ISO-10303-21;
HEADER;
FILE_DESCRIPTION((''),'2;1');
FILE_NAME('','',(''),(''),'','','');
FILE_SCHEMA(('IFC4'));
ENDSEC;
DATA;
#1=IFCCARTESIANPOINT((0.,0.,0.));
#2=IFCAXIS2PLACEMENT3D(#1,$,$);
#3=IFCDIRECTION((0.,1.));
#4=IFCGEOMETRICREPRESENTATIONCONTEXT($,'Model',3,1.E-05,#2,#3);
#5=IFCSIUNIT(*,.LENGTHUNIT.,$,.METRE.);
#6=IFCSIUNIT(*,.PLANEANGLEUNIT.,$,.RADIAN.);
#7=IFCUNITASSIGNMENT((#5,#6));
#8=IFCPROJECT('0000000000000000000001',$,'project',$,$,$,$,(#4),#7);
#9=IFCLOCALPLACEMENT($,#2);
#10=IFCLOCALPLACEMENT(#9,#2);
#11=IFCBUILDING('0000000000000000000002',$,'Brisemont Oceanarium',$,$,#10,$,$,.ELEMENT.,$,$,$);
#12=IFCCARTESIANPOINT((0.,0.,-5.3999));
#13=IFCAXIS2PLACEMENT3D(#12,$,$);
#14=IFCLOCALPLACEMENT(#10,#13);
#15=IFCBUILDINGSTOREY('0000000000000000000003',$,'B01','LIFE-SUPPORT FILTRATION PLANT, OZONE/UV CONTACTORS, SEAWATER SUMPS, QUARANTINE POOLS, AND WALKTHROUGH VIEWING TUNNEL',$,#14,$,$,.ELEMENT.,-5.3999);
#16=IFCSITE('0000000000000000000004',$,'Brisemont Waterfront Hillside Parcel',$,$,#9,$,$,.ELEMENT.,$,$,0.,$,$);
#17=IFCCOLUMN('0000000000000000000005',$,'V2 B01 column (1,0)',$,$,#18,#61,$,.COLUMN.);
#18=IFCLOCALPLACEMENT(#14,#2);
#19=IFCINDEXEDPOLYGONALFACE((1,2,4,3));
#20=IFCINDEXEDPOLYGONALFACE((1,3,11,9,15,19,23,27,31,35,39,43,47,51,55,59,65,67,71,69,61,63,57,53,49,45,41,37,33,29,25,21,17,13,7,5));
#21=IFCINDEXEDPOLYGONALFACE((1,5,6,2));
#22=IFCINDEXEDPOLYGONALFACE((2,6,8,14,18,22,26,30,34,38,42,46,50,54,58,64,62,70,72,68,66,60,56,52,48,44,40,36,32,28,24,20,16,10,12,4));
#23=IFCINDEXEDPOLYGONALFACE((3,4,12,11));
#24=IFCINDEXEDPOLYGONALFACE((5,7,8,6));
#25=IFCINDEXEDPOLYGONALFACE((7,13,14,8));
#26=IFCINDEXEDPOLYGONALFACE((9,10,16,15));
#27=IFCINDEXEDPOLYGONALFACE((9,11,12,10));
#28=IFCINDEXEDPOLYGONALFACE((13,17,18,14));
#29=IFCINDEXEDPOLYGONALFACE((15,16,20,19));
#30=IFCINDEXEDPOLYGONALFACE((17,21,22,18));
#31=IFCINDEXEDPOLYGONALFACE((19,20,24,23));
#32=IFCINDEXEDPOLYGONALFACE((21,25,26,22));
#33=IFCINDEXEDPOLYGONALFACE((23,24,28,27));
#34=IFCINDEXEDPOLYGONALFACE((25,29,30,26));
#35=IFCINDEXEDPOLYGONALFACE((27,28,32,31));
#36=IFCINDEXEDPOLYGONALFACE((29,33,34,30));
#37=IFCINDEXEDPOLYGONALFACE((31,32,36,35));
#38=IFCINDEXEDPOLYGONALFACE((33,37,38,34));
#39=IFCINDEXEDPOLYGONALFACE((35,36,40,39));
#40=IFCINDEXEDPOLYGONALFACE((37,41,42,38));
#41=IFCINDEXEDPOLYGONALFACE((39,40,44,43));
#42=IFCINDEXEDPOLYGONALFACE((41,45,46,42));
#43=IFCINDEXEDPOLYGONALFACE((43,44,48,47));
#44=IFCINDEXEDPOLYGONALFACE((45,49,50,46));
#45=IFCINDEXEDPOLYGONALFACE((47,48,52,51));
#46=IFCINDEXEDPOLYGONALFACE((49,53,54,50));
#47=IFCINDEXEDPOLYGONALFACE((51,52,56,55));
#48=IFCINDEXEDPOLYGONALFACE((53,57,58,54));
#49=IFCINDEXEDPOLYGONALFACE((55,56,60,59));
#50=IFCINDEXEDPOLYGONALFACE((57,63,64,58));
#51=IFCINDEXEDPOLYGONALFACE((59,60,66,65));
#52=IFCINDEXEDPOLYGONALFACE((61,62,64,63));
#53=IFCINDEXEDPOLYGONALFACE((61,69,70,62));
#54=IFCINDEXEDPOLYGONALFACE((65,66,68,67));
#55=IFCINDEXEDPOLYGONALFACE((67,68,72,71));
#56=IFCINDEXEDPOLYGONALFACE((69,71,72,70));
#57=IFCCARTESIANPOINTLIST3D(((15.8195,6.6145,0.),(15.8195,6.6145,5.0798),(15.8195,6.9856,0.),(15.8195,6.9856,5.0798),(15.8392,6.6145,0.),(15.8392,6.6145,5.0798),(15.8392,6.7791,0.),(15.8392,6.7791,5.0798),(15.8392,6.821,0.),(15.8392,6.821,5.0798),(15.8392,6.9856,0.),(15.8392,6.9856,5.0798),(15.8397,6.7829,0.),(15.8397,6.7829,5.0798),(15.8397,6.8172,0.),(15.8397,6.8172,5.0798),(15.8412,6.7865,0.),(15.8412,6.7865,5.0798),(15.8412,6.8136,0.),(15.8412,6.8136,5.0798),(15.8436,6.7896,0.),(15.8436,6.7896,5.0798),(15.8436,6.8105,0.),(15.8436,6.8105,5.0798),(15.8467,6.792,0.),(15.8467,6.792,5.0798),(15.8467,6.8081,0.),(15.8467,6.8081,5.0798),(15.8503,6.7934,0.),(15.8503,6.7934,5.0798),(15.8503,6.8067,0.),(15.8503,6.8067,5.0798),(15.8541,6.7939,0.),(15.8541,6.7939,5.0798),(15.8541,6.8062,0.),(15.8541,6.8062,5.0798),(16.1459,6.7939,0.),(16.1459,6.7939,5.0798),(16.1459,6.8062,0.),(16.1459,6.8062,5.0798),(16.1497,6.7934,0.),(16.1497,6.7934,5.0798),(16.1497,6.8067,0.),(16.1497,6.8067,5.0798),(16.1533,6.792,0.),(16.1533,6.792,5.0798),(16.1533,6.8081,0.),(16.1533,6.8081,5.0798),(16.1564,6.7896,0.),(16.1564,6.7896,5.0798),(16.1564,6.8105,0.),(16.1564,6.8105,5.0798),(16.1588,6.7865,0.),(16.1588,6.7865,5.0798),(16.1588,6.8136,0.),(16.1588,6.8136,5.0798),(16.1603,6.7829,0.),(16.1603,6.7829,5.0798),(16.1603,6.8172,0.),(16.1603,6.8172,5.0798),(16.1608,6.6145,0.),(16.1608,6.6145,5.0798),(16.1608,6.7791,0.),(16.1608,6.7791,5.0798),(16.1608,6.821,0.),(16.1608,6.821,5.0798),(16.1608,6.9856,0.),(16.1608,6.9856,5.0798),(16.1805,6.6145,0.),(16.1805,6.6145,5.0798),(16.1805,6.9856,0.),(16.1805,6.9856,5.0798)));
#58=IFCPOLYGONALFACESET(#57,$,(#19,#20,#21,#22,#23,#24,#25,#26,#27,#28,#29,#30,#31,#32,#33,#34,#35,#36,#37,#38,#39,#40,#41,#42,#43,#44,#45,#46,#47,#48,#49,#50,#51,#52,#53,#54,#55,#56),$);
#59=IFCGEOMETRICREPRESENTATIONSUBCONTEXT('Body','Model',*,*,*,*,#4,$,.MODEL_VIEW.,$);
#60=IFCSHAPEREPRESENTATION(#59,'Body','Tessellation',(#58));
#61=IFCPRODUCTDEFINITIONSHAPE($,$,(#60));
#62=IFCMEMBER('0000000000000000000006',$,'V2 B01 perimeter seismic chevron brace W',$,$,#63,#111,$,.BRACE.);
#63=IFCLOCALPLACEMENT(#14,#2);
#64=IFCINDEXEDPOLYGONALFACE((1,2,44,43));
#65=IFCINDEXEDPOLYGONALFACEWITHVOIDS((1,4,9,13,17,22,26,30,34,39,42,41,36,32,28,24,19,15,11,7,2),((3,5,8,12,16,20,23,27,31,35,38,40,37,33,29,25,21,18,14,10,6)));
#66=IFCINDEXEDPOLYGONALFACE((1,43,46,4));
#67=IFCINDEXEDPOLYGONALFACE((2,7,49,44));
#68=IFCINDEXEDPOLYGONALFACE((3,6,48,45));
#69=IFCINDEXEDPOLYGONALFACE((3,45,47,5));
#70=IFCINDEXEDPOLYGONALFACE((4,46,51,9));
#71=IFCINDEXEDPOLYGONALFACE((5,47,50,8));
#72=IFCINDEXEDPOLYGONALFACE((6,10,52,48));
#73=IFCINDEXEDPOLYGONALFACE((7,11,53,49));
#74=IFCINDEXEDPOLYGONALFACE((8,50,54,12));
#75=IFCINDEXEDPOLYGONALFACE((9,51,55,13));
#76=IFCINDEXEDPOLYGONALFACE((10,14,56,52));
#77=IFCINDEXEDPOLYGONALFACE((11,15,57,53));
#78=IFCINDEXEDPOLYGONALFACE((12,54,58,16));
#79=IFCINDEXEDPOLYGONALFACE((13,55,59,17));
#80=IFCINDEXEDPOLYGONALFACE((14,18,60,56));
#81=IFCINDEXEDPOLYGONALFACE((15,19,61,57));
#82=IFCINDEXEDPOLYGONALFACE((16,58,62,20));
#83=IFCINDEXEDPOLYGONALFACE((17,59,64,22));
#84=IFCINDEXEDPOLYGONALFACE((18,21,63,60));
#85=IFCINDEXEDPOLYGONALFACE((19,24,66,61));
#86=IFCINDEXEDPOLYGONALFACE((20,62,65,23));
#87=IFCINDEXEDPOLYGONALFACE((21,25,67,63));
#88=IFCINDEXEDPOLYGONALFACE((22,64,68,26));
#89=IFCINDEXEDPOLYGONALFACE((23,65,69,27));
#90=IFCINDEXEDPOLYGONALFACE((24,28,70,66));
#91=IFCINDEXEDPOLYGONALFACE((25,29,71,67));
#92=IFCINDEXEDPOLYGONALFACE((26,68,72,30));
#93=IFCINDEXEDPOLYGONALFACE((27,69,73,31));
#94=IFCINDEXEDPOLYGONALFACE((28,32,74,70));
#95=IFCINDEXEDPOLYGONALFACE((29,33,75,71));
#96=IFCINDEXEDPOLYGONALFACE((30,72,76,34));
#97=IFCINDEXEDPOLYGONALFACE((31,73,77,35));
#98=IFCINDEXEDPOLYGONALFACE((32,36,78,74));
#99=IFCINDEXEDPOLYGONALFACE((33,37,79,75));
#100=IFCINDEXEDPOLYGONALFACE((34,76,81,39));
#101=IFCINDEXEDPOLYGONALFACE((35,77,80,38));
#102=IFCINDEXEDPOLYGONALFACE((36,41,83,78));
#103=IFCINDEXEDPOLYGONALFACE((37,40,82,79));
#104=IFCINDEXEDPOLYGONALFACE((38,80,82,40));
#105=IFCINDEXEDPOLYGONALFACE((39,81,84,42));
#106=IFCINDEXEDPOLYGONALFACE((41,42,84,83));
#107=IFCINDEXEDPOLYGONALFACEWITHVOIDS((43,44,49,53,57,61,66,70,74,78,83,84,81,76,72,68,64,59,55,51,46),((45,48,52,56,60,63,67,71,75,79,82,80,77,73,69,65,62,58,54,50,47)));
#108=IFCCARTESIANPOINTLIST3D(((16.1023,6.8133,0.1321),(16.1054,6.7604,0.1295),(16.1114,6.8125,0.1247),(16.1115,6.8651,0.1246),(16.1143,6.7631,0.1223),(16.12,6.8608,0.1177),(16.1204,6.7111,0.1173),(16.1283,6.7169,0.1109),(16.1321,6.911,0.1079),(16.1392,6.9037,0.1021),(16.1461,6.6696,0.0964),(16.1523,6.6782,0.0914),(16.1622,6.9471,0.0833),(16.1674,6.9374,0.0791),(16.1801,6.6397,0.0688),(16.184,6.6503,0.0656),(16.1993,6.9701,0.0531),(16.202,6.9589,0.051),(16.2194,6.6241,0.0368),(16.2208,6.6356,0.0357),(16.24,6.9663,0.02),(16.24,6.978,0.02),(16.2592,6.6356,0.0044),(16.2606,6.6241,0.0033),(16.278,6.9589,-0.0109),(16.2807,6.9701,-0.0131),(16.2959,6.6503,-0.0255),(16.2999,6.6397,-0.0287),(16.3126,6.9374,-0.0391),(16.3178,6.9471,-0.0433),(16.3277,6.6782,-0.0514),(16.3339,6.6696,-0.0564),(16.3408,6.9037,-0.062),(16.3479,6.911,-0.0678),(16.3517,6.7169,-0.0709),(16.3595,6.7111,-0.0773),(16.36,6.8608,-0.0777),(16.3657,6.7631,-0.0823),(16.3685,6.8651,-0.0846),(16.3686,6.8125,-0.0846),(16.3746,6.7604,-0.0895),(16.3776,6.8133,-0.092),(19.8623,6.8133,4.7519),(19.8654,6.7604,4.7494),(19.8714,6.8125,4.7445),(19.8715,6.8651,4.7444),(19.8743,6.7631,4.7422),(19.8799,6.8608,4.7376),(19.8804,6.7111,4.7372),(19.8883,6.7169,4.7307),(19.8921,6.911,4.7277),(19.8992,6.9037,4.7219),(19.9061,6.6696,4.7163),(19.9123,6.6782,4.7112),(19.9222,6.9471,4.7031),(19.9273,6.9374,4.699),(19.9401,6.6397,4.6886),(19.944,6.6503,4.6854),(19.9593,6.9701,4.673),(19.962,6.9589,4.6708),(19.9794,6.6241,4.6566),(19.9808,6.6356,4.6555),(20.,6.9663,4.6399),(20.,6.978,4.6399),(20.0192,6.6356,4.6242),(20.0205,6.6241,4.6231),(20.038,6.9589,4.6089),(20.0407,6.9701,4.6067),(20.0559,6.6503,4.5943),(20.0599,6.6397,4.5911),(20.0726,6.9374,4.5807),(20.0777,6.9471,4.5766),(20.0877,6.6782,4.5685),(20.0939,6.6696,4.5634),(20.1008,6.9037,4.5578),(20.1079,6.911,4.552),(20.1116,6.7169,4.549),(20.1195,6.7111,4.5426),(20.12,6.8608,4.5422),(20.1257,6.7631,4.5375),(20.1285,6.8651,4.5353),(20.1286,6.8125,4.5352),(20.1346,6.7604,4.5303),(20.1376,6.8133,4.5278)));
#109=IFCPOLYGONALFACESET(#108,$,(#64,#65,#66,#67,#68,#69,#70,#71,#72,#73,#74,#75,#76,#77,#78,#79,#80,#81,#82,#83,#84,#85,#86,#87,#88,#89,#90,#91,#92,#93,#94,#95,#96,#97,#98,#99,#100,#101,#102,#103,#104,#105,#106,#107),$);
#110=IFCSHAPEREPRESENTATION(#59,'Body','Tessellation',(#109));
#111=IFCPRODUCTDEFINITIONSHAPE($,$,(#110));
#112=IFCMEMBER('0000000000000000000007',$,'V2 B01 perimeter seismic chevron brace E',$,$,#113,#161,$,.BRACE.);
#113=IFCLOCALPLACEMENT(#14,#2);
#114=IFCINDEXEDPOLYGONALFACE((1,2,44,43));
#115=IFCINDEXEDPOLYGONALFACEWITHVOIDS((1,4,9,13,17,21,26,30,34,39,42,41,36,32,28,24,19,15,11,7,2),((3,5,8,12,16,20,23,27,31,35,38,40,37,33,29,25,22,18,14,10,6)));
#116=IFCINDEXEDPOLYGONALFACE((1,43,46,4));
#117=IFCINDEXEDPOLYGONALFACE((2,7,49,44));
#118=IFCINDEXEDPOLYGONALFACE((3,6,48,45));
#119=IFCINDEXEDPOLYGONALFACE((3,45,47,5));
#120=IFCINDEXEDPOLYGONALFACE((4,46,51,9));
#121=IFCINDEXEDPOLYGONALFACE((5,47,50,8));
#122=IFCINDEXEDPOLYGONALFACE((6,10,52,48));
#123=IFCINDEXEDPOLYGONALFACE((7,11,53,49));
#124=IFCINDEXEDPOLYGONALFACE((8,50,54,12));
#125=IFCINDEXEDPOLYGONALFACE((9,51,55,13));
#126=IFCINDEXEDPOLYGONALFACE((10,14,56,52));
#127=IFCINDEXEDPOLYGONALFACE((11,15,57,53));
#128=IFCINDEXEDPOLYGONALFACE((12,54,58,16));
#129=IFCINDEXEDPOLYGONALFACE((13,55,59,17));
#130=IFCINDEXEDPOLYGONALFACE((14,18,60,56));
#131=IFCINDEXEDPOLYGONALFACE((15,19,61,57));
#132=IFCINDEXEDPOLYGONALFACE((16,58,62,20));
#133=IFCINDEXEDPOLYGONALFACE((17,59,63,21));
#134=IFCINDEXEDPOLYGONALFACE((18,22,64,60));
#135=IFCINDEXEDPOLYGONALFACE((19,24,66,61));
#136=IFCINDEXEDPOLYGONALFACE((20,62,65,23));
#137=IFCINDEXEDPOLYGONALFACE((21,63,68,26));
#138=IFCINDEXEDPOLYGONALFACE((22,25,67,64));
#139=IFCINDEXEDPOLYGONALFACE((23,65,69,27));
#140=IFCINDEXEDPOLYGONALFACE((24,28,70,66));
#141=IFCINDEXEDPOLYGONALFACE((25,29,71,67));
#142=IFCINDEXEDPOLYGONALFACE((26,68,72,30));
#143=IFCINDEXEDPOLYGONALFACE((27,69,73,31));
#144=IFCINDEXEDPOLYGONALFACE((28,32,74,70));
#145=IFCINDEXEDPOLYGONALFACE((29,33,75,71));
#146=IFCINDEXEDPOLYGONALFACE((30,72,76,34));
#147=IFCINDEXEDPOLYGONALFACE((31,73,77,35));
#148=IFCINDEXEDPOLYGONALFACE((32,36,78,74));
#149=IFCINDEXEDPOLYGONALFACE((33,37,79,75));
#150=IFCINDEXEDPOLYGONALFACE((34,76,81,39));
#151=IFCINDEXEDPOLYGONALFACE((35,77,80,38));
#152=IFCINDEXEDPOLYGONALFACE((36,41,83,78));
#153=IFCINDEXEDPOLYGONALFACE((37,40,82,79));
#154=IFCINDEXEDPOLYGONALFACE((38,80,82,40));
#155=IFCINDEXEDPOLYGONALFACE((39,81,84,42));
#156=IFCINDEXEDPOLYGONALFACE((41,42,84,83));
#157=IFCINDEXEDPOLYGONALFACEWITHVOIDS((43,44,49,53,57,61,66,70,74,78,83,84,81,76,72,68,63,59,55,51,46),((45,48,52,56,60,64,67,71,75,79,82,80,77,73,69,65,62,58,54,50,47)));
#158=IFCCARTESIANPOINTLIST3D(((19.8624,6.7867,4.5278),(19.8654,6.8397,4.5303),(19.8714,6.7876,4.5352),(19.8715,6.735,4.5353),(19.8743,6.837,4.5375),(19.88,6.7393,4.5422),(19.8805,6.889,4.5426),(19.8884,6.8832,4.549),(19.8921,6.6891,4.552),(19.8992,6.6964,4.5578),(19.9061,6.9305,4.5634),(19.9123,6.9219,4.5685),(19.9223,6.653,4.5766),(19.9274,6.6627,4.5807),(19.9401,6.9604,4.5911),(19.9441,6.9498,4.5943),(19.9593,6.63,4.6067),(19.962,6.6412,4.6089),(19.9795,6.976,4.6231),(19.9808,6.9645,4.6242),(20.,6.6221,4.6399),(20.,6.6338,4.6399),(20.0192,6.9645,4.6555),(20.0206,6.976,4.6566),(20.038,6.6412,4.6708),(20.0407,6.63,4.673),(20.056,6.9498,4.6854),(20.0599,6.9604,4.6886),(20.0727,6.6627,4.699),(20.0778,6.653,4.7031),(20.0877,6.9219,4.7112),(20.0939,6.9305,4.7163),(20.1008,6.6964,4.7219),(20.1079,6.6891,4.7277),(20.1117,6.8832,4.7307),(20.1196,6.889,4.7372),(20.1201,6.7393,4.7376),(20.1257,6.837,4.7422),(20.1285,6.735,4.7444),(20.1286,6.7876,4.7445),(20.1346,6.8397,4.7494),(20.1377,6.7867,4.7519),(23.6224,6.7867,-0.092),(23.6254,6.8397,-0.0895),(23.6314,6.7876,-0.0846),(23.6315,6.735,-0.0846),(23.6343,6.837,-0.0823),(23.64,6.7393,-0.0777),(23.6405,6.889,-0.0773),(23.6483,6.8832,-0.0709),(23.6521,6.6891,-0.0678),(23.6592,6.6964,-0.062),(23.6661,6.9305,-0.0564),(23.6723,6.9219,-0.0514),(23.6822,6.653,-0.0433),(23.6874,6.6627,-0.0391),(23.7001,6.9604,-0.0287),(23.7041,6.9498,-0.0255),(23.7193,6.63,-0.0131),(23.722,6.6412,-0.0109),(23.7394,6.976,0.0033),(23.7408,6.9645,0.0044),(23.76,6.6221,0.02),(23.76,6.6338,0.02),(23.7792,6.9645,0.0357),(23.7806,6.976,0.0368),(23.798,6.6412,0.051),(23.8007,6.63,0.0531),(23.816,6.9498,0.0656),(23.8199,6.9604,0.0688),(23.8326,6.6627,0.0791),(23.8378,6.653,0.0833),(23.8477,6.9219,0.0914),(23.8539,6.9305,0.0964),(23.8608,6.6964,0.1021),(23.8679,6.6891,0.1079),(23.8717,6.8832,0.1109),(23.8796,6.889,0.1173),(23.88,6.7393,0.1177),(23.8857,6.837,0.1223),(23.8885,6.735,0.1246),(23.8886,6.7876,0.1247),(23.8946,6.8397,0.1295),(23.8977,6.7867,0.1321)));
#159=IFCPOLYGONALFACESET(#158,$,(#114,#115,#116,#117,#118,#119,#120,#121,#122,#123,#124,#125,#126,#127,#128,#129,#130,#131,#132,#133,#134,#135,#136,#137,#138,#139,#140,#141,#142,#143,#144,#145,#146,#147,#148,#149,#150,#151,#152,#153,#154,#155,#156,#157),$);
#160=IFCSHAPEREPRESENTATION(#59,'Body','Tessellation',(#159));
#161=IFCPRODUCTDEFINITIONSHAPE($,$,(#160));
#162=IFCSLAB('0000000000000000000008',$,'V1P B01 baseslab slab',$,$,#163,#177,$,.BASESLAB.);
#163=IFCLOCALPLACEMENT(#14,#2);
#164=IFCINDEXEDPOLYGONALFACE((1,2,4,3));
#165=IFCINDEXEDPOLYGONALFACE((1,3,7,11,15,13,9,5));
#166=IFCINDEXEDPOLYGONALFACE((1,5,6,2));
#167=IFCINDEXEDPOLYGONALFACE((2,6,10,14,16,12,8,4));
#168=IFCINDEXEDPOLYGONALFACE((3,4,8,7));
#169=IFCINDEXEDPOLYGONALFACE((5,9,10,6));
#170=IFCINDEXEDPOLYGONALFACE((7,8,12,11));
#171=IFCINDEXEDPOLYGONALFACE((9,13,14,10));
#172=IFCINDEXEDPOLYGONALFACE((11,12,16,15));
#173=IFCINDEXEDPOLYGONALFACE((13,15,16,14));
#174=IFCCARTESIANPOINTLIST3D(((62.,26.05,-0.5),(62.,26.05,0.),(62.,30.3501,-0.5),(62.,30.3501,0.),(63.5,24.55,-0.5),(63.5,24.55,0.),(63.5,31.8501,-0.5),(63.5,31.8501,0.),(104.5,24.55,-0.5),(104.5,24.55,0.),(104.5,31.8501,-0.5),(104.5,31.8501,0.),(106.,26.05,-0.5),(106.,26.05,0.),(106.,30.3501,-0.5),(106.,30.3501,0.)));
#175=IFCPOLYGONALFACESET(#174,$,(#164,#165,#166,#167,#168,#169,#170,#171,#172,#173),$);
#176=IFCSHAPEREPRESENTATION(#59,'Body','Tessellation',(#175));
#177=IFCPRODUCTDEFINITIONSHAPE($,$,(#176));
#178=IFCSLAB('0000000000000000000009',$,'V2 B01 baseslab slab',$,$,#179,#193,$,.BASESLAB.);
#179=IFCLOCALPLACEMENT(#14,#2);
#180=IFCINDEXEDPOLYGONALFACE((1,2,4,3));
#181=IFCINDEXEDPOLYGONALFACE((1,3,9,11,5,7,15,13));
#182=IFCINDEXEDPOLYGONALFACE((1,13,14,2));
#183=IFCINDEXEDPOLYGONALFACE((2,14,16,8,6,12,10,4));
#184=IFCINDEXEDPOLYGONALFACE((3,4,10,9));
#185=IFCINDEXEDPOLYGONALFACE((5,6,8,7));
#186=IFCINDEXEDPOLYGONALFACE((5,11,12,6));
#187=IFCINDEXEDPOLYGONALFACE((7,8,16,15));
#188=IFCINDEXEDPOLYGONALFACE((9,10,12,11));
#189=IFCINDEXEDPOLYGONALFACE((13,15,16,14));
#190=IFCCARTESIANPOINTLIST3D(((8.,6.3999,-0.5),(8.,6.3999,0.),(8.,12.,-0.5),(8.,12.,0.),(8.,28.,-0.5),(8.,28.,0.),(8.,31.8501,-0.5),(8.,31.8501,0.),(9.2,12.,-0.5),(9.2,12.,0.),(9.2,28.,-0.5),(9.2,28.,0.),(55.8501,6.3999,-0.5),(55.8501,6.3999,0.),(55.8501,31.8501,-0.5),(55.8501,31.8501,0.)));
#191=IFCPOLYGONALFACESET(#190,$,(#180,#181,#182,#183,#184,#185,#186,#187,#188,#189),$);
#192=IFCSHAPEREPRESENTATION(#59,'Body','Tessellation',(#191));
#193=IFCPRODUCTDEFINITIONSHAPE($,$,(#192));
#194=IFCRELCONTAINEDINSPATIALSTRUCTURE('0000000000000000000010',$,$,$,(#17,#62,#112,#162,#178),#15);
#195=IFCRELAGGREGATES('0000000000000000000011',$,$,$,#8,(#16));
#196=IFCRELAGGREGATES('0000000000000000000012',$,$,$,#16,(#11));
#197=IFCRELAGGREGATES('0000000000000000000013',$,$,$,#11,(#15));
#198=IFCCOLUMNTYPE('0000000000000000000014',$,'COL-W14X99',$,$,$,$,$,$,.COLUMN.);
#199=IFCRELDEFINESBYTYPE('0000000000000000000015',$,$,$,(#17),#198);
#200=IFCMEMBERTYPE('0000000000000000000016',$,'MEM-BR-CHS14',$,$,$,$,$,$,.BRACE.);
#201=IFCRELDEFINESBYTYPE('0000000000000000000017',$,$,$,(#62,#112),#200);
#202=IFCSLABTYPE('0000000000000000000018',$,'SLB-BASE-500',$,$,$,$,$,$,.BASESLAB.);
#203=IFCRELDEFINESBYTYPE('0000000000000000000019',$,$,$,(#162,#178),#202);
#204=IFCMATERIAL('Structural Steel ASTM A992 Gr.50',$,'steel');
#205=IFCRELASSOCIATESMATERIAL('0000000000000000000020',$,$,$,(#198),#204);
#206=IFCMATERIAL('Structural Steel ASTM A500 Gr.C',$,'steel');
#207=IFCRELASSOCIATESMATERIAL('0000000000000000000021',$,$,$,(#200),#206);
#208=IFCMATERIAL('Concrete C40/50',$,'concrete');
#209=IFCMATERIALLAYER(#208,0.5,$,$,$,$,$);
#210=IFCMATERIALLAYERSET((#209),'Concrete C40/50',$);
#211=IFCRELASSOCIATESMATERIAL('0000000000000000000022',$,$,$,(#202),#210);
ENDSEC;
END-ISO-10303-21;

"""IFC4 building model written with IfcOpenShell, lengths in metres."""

from ifc_helpers import new_model, si_unit, direction, frame, origin, origin_2d, place, context, subcontext, project, spatial, polyline, hollow_circle, i_section, outline, extrude, material, layer, layer_set, material_profile, profile_set, type_object, element, save


model = new_model("IFC4")

# Units and contexts
model_context = context("Model", 3, precision=1e-05, world=origin(), true_north=direction((0.0, 1.0)))
body_context = subcontext(model_context, "Body", "Model", "MODEL_VIEW")
ifc_project = project(units=[si_unit("LENGTHUNIT", "METRE"), si_unit("PLANEANGLEUNIT", "RADIAN")], contexts=[model_context])

# Site, building, storey
site_placement = place(None, origin())
site = spatial("IfcSite", under=ifc_project, at=site_placement, Name="Brisemont Waterfront Hillside Parcel", CompositionType="ELEMENT", RefElevation=0.0)
building_placement = place(site_placement, origin())
building = spatial("IfcBuilding", under=site, at=building_placement, Name="Brisemont Oceanarium", CompositionType="ELEMENT")
storey_placement = place(building_placement, frame((0.0, 0.0, -5.3999)))
storey = spatial("IfcBuildingStorey", under=building, at=storey_placement, Name="B01", Description="LIFE-SUPPORT FILTRATION PLANT, OZONE/UV CONTACTORS, SEAWATER SUMPS, QUARANTINE POOLS, AND WALKTHROUGH VIEWING TUNNEL", CompositionType="ELEMENT", Elevation=-5.3999)

# Column
ifc_material_1 = material(Name="Structural Steel ASTM A992 Gr.50", Category="steel")
ifc_material_profile_1 = material_profile(ifc_material_1, i_section(OverallWidth=0.3711, OverallDepth=0.3611, WebThickness=0.0122, FlangeThickness=0.0198, FilletRadius=0.0149, at=origin_2d()), Name="W14X99")
ifc_profile_set_1 = profile_set([ifc_material_profile_1], Name="Structural Steel ASTM A992 Gr.50")
column_type_1 = type_object("IfcColumnType", Name="COL-W14X99", PredefinedType="COLUMN", material=ifc_profile_set_1)
column_1_placement = place(storey_placement, frame((16.0, 6.8, 0.0), z_axis=(0.0, 0.0, 1.0), x_axis=(0.0, 1.0, 0.0)))
element("IfcColumn", 1, at=column_1_placement, inside=storey, type_object=column_type_1, Name="V2 B01 column (1,0)", PredefinedType="COLUMN", context=body_context, shape_type="SweptSolid", body=[
    extrude(i_section(OverallWidth=0.3711, OverallDepth=0.3611, WebThickness=0.0122, FlangeThickness=0.0198, FilletRadius=0.0149, at=origin_2d()), origin(), (0.0, 0.0, 1.0), 5.0798),
])

# Members
ifc_material_2 = material(Name="Structural Steel ASTM A500 Gr.C", Category="steel")
ifc_material_profile_2 = material_profile(ifc_material_2, hollow_circle(Radius=0.178, WallThickness=0.0117, at=origin_2d()), Name="HSS14.000X0.500")
ifc_profile_set_2 = profile_set([ifc_material_profile_2], Name="Structural Steel ASTM A500 Gr.C")
member_type = type_object("IfcMemberType", Name="MEM-BR-CHS14", PredefinedType="BRACE", material=ifc_profile_set_2)
for number, where, z_axis, x_axis, name in (
    (2, (16.24, 6.8, 0.02), (0.631236, 0.0, 0.775591), (0.0, 1.0, 0.0), "V2 B01 perimeter seismic chevron brace W"),
    (3, (23.76, 6.8, 0.02), (-0.631236, 0.0, 0.775591), (0.0, -1.0, 0.0), "V2 B01 perimeter seismic chevron brace E"),
):
    element("IfcMember", number, at=place(storey_placement, frame(where, z_axis=z_axis, x_axis=x_axis)), inside=storey, type_object=member_type, Name=name, PredefinedType="BRACE", context=body_context, shape_type="SweptSolid", body=[
        extrude(hollow_circle(Radius=0.178, WallThickness=0.0117, at=origin_2d()), origin(), (0.0, 0.0, 1.0), 5.9565),
    ])

# Slabs
ifc_material_3 = material(Name="Concrete C40/50", Category="concrete")
ifc_layer_1 = layer(ifc_material_3, 0.5)
ifc_layer_set_1 = layer_set([ifc_layer_1], Name="Concrete C40/50")
slab_type_1 = type_object("IfcSlabType", Name="SLB-BASE-500", PredefinedType="BASESLAB", material=ifc_layer_set_1)
slab_1_placement = place(storey_placement, frame((0.0, 0.0, -0.5)))
element("IfcSlab", 4, at=slab_1_placement, inside=storey, type_object=slab_type_1, Name="V1P B01 baseslab slab", PredefinedType="BASESLAB", context=body_context, shape_type="SweptSolid", body=[
    extrude(outline(polyline([(63.5, 24.55), (104.5, 24.55), (106.0, 26.05), (106.0, 30.3501), (104.5, 31.8501), (63.5, 31.8501), (62.0, 30.3501), (62.0, 26.05), (63.5, 24.55)])), origin(), (0.0, 0.0, 1.0), 0.5),
])
slab_2_placement = place(storey_placement, frame((0.0, 0.0, -0.5)))
element("IfcSlab", 5, at=slab_2_placement, inside=storey, type_object=slab_type_1, Name="V2 B01 baseslab slab", PredefinedType="BASESLAB", context=body_context, shape_type="SweptSolid", body=[
    extrude(outline(polyline([(8.0, 6.3999), (55.8501, 6.3999), (55.8501, 31.8501), (8.0, 31.8501), (8.0, 28.0), (9.2, 28.0), (9.2, 12.0), (8.0, 12.0), (8.0, 6.3999)])), origin(), (0.0, 0.0, 1.0), 0.5),
])

save(model, "model.ifc")
